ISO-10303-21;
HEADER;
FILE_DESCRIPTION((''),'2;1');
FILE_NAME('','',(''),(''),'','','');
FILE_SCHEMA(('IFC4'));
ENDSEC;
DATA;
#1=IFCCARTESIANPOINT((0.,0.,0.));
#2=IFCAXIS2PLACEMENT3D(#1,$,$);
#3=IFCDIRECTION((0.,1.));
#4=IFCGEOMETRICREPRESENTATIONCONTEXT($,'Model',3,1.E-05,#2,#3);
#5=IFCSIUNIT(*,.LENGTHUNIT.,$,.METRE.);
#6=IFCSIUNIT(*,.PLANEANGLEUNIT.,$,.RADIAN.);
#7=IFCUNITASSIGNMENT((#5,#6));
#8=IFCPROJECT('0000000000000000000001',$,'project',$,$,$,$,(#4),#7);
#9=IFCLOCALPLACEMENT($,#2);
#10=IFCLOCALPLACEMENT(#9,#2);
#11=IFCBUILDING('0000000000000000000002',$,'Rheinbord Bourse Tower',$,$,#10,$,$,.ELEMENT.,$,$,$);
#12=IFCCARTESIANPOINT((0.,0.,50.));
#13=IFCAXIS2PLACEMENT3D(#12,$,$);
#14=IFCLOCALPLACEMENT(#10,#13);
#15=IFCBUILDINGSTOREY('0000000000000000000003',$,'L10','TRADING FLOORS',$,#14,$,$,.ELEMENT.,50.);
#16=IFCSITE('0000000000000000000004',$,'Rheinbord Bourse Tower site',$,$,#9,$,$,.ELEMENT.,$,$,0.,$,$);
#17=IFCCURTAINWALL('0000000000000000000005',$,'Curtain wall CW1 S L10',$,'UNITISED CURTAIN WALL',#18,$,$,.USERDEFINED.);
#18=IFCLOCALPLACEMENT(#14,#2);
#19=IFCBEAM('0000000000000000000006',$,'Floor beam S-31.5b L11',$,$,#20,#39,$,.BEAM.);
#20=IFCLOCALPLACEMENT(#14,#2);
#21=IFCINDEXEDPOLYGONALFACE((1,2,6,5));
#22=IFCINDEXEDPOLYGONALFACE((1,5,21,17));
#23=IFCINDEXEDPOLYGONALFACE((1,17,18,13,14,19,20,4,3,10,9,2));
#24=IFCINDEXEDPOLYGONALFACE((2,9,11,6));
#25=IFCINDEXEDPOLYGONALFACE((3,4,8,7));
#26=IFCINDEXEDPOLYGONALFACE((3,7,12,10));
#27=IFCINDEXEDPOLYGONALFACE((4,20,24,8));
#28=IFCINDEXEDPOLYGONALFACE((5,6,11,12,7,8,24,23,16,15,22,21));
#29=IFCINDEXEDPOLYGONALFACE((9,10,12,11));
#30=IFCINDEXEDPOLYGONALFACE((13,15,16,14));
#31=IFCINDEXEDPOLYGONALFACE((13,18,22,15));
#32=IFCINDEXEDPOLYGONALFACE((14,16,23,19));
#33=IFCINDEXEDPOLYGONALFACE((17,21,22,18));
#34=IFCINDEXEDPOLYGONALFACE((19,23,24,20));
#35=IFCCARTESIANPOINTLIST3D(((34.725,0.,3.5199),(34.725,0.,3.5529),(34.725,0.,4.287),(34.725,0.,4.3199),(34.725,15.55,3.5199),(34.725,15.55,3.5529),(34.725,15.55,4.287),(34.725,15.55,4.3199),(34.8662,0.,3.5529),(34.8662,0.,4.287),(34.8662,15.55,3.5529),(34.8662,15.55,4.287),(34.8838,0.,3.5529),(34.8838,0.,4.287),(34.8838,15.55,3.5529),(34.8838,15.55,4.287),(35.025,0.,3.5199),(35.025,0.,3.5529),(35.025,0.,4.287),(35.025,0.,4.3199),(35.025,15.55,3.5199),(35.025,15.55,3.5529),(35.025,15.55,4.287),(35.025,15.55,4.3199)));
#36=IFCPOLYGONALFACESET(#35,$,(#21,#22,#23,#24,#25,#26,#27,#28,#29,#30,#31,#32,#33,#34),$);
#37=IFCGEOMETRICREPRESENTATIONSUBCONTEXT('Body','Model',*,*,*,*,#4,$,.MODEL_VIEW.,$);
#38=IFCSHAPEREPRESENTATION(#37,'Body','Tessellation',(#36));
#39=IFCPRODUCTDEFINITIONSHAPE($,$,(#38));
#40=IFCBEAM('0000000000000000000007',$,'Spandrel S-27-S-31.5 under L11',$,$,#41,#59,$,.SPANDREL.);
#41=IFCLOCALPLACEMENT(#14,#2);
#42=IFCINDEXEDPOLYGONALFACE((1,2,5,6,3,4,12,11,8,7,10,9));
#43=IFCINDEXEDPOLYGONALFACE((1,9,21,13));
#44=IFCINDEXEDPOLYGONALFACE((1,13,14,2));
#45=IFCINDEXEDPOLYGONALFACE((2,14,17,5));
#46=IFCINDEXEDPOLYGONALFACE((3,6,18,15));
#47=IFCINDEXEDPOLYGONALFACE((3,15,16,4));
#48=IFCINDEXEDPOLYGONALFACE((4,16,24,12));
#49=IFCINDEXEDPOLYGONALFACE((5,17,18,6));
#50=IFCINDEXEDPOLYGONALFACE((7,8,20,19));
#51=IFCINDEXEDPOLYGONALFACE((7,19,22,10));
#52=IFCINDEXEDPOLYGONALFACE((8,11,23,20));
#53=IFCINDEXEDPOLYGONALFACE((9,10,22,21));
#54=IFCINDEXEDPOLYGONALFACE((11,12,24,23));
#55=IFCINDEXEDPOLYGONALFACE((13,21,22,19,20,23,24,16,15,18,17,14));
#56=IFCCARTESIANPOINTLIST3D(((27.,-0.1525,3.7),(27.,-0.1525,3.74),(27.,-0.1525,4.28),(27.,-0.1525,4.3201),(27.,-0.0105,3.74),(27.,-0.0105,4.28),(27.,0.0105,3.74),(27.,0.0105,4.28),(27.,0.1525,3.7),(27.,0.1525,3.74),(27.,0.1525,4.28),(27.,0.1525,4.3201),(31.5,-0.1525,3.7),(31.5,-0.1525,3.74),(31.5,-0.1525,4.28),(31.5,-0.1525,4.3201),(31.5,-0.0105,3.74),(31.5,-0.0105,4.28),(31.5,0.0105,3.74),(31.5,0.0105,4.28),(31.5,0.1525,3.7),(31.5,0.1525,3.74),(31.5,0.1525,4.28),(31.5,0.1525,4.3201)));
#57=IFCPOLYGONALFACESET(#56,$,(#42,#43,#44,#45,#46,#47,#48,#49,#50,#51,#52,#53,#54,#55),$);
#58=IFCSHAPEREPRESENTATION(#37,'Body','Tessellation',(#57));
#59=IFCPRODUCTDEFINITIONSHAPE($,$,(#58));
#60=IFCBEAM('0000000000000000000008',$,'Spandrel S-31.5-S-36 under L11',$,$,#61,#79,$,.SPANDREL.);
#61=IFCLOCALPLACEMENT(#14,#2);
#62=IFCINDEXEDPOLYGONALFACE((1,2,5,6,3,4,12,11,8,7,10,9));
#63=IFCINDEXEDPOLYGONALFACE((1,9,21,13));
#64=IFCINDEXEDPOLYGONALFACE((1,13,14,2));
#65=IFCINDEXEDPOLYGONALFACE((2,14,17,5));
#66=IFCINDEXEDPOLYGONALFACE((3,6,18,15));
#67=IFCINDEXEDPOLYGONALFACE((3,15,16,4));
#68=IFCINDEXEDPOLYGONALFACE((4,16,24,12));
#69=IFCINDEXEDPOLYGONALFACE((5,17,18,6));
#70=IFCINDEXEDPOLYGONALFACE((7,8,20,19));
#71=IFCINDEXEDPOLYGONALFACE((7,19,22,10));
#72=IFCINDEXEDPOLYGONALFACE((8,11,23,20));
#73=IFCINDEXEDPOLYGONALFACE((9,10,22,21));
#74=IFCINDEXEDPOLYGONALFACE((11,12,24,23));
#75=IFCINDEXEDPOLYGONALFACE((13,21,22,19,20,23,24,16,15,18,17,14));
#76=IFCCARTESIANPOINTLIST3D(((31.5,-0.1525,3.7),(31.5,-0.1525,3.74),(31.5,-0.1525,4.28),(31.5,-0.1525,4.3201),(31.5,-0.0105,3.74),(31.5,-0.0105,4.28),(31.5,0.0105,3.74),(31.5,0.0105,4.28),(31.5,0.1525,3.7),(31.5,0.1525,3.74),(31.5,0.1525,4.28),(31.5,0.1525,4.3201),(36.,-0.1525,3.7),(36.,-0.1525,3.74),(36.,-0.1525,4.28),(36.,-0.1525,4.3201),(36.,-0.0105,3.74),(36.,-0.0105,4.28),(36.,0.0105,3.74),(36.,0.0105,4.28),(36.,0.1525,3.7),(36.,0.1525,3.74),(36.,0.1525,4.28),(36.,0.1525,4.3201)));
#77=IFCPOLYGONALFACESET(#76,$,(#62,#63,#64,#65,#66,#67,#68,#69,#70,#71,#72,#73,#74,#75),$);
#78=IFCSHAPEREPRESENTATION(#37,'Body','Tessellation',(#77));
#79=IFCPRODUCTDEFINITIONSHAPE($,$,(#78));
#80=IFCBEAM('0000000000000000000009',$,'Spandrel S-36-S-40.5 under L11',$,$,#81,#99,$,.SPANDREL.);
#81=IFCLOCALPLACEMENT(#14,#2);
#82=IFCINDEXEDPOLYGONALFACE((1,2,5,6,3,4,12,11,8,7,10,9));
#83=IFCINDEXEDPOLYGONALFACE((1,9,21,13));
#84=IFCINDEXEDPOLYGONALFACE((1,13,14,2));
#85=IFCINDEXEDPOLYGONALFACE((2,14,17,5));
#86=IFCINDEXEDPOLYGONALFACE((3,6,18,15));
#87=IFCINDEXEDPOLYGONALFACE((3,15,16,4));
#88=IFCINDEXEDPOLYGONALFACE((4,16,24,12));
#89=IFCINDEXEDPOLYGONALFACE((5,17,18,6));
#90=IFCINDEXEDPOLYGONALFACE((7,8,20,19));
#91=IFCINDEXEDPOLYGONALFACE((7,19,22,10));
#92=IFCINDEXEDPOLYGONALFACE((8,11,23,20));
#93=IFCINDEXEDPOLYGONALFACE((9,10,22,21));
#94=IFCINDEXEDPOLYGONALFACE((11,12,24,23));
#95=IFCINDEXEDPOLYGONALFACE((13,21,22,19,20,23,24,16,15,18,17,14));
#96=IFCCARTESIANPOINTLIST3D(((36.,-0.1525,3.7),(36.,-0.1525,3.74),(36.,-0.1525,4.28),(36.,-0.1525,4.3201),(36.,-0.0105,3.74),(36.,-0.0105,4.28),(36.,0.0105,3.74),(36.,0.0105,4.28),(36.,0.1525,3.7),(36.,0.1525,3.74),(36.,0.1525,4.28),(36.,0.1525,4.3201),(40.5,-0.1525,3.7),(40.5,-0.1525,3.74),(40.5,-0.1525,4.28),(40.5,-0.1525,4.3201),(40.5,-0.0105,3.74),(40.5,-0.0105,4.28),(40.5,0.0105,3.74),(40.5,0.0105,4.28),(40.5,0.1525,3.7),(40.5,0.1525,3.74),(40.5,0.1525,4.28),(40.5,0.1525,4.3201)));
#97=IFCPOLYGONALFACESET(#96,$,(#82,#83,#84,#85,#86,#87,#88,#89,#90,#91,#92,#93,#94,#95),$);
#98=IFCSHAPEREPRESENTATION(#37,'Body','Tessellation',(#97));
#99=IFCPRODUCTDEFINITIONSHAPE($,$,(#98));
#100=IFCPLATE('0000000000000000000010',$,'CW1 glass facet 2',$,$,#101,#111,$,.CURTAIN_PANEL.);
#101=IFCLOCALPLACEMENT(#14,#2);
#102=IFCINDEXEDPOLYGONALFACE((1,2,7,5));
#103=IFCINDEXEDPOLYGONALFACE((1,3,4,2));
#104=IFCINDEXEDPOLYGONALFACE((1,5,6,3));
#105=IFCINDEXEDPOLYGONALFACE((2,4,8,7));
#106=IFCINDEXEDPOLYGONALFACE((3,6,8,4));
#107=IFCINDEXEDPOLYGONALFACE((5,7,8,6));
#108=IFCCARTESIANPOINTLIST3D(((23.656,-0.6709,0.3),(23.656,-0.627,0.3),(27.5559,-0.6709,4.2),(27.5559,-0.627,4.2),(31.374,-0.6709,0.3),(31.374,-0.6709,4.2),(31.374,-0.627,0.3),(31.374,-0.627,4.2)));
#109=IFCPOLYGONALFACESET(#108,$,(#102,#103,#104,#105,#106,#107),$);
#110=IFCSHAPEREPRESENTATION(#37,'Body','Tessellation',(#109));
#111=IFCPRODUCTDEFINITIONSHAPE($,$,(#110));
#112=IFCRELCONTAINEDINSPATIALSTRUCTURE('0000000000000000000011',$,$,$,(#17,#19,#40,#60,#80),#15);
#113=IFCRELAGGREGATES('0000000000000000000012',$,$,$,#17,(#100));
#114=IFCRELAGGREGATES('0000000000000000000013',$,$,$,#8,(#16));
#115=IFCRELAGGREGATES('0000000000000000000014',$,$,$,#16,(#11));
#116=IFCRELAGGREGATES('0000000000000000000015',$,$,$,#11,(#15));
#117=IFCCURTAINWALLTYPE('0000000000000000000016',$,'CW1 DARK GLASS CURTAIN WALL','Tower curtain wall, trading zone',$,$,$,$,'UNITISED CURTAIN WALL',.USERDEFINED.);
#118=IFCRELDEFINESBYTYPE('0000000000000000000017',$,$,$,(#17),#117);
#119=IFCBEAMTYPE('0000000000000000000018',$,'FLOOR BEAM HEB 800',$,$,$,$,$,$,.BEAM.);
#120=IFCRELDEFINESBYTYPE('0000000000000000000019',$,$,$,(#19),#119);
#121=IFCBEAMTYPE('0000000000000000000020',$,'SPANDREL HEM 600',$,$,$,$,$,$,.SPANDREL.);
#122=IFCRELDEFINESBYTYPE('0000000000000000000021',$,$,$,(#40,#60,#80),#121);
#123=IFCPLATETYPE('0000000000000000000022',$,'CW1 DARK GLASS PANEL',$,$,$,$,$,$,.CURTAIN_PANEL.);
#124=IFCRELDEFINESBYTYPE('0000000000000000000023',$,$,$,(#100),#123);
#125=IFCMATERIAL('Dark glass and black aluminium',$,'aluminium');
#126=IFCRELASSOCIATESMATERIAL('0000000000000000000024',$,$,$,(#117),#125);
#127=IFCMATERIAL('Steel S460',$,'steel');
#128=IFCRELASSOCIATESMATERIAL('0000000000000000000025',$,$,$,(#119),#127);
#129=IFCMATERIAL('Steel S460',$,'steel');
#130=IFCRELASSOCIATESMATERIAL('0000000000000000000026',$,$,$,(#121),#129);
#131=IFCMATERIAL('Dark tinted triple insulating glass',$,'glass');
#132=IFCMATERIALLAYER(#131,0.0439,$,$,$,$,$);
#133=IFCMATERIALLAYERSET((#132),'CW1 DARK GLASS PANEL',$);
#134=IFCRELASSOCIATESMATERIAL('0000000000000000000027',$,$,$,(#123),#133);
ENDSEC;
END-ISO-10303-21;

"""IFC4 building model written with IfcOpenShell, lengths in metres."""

from ifc_helpers import new_model, si_unit, direction, frame, origin, origin_2d, place, context, subcontext, project, spatial, polyline, i_section, outline, extrude, material, layer, layer_set, material_profile, profile_set, type_object, element, aggregate, save


model = new_model("IFC4")

# Units and contexts
model_context = context("Model", 3, precision=1e-05, world=origin(), true_north=direction((0.0, 1.0)))
body_context = subcontext(model_context, "Body", "Model", "MODEL_VIEW")
ifc_project = project(units=[si_unit("LENGTHUNIT", "METRE"), si_unit("PLANEANGLEUNIT", "RADIAN")], contexts=[model_context])

# Site, building, storey
site_placement = place(None, origin())
site = spatial("IfcSite", under=ifc_project, at=site_placement, Name="Rheinbord Bourse Tower site", CompositionType="ELEMENT", RefElevation=0.0)
building_placement = place(site_placement, origin())
building = spatial("IfcBuilding", under=site, at=building_placement, Name="Rheinbord Bourse Tower", CompositionType="ELEMENT")
storey_placement = place(building_placement, frame((0.0, 0.0, 50.0)))
storey = spatial("IfcBuildingStorey", under=building, at=storey_placement, Name="L10", Description="TRADING FLOORS", CompositionType="ELEMENT", Elevation=50.0)

# Curtain wall
ifc_material_1 = material(Name="Dark glass and black aluminium", Category="aluminium")
curtain_wall_type = type_object("IfcCurtainWallType", Name="CW1 DARK GLASS CURTAIN WALL", Description="Tower curtain wall, trading zone", ElementType="UNITISED CURTAIN WALL", PredefinedType="USERDEFINED", material=ifc_material_1)
curtain_wall_placement = place(storey_placement, origin())
curtain_wall = element("IfcCurtainWall", 1, at=curtain_wall_placement, inside=storey, type_object=curtain_wall_type, Name="Curtain wall CW1 S L10", ObjectType="UNITISED CURTAIN WALL", PredefinedType="USERDEFINED")

# Beams
ifc_material_2 = material(Name="Steel S460", Category="steel")
ifc_material_profile_1 = material_profile(ifc_material_2, i_section(OverallWidth=0.3, OverallDepth=0.8, WebThickness=0.0176, FlangeThickness=0.033, at=origin_2d()), Name="HEB 800")
ifc_profile_set_1 = profile_set([ifc_material_profile_1], Name="Steel S460")
beam_type_1 = type_object("IfcBeamType", Name="FLOOR BEAM HEB 800", PredefinedType="BEAM", material=ifc_profile_set_1)
for number, where, z_axis, x_axis, name in (
    (2, (34.875, 0.0, 3.9199), (0.0, 1.0, 0.0), (-1.0, 0.0, 0.0), "Floor beam S-31.5b L11"),
):
    element("IfcBeam", number, at=place(storey_placement, frame(where, z_axis=z_axis, x_axis=x_axis)), inside=storey, type_object=beam_type_1, Name=name, PredefinedType="BEAM", context=body_context, shape_type="SweptSolid", body=[
        extrude(i_section(OverallWidth=0.3, OverallDepth=0.8, WebThickness=0.0176, FlangeThickness=0.033, at=origin_2d()), origin(), (0.0, 0.0, 1.0), 15.55),
    ])
ifc_material_3 = material(Name="Steel S460", Category="steel")
ifc_material_profile_2 = material_profile(ifc_material_3, i_section(OverallWidth=0.3049, OverallDepth=0.6201, WebThickness=0.021, FlangeThickness=0.04, at=origin_2d()), Name="HEM 600")
ifc_profile_set_2 = profile_set([ifc_material_profile_2], Name="Steel S460")
beam_type_2 = type_object("IfcBeamType", Name="SPANDREL HEM 600", PredefinedType="SPANDREL", material=ifc_profile_set_2)
for number, where, z_axis, x_axis, name in (
    (3, (27.0, 0.0, 4.01), (1.0, 0.0, 0.0), (0.0, 1.0, 0.0), "Spandrel S-27-S-31.5 under L11"),
    (4, (31.5, 0.0, 4.01), (1.0, 0.0, 0.0), (0.0, 1.0, 0.0), "Spandrel S-31.5-S-36 under L11"),
    (5, (36.0, 0.0, 4.01), (1.0, 0.0, 0.0), (0.0, 1.0, 0.0), "Spandrel S-36-S-40.5 under L11"),
):
    element("IfcBeam", number, at=place(storey_placement, frame(where, z_axis=z_axis, x_axis=x_axis)), inside=storey, type_object=beam_type_2, Name=name, PredefinedType="SPANDREL", context=body_context, shape_type="SweptSolid", body=[
        extrude(i_section(OverallWidth=0.3049, OverallDepth=0.6201, WebThickness=0.021, FlangeThickness=0.04, at=origin_2d()), origin(), (0.0, 0.0, 1.0), 4.5),
    ])

# Plate
ifc_material_4 = material(Name="Dark tinted triple insulating glass", Category="glass")
ifc_layer = layer(ifc_material_4, 0.0439)
ifc_layer_set = layer_set([ifc_layer], Name="CW1 DARK GLASS PANEL")
plate_type = type_object("IfcPlateType", Name="CW1 DARK GLASS PANEL", PredefinedType="CURTAIN_PANEL", material=ifc_layer_set)
plate_placement = place(storey_placement, frame((31.374, -0.6709, 4.2), z_axis=(0.0, 1.0, 0.0), x_axis=(0.0, 0.0, -1.0)))
plate = element("IfcPlate", 6, at=plate_placement, type_object=plate_type, Name="CW1 glass facet 2", PredefinedType="CURTAIN_PANEL", context=body_context, shape_type="SweptSolid", body=[
    extrude(outline(polyline([(0.0, 0.0), (3.8999, 0.0), (3.8999, 7.718), (0.0, 3.8181), (0.0, 0.0)])), origin(), (0.0, 0.0, 1.0), 0.0439),
])
aggregate(curtain_wall, [plate])

save(model, "model.ifc")
